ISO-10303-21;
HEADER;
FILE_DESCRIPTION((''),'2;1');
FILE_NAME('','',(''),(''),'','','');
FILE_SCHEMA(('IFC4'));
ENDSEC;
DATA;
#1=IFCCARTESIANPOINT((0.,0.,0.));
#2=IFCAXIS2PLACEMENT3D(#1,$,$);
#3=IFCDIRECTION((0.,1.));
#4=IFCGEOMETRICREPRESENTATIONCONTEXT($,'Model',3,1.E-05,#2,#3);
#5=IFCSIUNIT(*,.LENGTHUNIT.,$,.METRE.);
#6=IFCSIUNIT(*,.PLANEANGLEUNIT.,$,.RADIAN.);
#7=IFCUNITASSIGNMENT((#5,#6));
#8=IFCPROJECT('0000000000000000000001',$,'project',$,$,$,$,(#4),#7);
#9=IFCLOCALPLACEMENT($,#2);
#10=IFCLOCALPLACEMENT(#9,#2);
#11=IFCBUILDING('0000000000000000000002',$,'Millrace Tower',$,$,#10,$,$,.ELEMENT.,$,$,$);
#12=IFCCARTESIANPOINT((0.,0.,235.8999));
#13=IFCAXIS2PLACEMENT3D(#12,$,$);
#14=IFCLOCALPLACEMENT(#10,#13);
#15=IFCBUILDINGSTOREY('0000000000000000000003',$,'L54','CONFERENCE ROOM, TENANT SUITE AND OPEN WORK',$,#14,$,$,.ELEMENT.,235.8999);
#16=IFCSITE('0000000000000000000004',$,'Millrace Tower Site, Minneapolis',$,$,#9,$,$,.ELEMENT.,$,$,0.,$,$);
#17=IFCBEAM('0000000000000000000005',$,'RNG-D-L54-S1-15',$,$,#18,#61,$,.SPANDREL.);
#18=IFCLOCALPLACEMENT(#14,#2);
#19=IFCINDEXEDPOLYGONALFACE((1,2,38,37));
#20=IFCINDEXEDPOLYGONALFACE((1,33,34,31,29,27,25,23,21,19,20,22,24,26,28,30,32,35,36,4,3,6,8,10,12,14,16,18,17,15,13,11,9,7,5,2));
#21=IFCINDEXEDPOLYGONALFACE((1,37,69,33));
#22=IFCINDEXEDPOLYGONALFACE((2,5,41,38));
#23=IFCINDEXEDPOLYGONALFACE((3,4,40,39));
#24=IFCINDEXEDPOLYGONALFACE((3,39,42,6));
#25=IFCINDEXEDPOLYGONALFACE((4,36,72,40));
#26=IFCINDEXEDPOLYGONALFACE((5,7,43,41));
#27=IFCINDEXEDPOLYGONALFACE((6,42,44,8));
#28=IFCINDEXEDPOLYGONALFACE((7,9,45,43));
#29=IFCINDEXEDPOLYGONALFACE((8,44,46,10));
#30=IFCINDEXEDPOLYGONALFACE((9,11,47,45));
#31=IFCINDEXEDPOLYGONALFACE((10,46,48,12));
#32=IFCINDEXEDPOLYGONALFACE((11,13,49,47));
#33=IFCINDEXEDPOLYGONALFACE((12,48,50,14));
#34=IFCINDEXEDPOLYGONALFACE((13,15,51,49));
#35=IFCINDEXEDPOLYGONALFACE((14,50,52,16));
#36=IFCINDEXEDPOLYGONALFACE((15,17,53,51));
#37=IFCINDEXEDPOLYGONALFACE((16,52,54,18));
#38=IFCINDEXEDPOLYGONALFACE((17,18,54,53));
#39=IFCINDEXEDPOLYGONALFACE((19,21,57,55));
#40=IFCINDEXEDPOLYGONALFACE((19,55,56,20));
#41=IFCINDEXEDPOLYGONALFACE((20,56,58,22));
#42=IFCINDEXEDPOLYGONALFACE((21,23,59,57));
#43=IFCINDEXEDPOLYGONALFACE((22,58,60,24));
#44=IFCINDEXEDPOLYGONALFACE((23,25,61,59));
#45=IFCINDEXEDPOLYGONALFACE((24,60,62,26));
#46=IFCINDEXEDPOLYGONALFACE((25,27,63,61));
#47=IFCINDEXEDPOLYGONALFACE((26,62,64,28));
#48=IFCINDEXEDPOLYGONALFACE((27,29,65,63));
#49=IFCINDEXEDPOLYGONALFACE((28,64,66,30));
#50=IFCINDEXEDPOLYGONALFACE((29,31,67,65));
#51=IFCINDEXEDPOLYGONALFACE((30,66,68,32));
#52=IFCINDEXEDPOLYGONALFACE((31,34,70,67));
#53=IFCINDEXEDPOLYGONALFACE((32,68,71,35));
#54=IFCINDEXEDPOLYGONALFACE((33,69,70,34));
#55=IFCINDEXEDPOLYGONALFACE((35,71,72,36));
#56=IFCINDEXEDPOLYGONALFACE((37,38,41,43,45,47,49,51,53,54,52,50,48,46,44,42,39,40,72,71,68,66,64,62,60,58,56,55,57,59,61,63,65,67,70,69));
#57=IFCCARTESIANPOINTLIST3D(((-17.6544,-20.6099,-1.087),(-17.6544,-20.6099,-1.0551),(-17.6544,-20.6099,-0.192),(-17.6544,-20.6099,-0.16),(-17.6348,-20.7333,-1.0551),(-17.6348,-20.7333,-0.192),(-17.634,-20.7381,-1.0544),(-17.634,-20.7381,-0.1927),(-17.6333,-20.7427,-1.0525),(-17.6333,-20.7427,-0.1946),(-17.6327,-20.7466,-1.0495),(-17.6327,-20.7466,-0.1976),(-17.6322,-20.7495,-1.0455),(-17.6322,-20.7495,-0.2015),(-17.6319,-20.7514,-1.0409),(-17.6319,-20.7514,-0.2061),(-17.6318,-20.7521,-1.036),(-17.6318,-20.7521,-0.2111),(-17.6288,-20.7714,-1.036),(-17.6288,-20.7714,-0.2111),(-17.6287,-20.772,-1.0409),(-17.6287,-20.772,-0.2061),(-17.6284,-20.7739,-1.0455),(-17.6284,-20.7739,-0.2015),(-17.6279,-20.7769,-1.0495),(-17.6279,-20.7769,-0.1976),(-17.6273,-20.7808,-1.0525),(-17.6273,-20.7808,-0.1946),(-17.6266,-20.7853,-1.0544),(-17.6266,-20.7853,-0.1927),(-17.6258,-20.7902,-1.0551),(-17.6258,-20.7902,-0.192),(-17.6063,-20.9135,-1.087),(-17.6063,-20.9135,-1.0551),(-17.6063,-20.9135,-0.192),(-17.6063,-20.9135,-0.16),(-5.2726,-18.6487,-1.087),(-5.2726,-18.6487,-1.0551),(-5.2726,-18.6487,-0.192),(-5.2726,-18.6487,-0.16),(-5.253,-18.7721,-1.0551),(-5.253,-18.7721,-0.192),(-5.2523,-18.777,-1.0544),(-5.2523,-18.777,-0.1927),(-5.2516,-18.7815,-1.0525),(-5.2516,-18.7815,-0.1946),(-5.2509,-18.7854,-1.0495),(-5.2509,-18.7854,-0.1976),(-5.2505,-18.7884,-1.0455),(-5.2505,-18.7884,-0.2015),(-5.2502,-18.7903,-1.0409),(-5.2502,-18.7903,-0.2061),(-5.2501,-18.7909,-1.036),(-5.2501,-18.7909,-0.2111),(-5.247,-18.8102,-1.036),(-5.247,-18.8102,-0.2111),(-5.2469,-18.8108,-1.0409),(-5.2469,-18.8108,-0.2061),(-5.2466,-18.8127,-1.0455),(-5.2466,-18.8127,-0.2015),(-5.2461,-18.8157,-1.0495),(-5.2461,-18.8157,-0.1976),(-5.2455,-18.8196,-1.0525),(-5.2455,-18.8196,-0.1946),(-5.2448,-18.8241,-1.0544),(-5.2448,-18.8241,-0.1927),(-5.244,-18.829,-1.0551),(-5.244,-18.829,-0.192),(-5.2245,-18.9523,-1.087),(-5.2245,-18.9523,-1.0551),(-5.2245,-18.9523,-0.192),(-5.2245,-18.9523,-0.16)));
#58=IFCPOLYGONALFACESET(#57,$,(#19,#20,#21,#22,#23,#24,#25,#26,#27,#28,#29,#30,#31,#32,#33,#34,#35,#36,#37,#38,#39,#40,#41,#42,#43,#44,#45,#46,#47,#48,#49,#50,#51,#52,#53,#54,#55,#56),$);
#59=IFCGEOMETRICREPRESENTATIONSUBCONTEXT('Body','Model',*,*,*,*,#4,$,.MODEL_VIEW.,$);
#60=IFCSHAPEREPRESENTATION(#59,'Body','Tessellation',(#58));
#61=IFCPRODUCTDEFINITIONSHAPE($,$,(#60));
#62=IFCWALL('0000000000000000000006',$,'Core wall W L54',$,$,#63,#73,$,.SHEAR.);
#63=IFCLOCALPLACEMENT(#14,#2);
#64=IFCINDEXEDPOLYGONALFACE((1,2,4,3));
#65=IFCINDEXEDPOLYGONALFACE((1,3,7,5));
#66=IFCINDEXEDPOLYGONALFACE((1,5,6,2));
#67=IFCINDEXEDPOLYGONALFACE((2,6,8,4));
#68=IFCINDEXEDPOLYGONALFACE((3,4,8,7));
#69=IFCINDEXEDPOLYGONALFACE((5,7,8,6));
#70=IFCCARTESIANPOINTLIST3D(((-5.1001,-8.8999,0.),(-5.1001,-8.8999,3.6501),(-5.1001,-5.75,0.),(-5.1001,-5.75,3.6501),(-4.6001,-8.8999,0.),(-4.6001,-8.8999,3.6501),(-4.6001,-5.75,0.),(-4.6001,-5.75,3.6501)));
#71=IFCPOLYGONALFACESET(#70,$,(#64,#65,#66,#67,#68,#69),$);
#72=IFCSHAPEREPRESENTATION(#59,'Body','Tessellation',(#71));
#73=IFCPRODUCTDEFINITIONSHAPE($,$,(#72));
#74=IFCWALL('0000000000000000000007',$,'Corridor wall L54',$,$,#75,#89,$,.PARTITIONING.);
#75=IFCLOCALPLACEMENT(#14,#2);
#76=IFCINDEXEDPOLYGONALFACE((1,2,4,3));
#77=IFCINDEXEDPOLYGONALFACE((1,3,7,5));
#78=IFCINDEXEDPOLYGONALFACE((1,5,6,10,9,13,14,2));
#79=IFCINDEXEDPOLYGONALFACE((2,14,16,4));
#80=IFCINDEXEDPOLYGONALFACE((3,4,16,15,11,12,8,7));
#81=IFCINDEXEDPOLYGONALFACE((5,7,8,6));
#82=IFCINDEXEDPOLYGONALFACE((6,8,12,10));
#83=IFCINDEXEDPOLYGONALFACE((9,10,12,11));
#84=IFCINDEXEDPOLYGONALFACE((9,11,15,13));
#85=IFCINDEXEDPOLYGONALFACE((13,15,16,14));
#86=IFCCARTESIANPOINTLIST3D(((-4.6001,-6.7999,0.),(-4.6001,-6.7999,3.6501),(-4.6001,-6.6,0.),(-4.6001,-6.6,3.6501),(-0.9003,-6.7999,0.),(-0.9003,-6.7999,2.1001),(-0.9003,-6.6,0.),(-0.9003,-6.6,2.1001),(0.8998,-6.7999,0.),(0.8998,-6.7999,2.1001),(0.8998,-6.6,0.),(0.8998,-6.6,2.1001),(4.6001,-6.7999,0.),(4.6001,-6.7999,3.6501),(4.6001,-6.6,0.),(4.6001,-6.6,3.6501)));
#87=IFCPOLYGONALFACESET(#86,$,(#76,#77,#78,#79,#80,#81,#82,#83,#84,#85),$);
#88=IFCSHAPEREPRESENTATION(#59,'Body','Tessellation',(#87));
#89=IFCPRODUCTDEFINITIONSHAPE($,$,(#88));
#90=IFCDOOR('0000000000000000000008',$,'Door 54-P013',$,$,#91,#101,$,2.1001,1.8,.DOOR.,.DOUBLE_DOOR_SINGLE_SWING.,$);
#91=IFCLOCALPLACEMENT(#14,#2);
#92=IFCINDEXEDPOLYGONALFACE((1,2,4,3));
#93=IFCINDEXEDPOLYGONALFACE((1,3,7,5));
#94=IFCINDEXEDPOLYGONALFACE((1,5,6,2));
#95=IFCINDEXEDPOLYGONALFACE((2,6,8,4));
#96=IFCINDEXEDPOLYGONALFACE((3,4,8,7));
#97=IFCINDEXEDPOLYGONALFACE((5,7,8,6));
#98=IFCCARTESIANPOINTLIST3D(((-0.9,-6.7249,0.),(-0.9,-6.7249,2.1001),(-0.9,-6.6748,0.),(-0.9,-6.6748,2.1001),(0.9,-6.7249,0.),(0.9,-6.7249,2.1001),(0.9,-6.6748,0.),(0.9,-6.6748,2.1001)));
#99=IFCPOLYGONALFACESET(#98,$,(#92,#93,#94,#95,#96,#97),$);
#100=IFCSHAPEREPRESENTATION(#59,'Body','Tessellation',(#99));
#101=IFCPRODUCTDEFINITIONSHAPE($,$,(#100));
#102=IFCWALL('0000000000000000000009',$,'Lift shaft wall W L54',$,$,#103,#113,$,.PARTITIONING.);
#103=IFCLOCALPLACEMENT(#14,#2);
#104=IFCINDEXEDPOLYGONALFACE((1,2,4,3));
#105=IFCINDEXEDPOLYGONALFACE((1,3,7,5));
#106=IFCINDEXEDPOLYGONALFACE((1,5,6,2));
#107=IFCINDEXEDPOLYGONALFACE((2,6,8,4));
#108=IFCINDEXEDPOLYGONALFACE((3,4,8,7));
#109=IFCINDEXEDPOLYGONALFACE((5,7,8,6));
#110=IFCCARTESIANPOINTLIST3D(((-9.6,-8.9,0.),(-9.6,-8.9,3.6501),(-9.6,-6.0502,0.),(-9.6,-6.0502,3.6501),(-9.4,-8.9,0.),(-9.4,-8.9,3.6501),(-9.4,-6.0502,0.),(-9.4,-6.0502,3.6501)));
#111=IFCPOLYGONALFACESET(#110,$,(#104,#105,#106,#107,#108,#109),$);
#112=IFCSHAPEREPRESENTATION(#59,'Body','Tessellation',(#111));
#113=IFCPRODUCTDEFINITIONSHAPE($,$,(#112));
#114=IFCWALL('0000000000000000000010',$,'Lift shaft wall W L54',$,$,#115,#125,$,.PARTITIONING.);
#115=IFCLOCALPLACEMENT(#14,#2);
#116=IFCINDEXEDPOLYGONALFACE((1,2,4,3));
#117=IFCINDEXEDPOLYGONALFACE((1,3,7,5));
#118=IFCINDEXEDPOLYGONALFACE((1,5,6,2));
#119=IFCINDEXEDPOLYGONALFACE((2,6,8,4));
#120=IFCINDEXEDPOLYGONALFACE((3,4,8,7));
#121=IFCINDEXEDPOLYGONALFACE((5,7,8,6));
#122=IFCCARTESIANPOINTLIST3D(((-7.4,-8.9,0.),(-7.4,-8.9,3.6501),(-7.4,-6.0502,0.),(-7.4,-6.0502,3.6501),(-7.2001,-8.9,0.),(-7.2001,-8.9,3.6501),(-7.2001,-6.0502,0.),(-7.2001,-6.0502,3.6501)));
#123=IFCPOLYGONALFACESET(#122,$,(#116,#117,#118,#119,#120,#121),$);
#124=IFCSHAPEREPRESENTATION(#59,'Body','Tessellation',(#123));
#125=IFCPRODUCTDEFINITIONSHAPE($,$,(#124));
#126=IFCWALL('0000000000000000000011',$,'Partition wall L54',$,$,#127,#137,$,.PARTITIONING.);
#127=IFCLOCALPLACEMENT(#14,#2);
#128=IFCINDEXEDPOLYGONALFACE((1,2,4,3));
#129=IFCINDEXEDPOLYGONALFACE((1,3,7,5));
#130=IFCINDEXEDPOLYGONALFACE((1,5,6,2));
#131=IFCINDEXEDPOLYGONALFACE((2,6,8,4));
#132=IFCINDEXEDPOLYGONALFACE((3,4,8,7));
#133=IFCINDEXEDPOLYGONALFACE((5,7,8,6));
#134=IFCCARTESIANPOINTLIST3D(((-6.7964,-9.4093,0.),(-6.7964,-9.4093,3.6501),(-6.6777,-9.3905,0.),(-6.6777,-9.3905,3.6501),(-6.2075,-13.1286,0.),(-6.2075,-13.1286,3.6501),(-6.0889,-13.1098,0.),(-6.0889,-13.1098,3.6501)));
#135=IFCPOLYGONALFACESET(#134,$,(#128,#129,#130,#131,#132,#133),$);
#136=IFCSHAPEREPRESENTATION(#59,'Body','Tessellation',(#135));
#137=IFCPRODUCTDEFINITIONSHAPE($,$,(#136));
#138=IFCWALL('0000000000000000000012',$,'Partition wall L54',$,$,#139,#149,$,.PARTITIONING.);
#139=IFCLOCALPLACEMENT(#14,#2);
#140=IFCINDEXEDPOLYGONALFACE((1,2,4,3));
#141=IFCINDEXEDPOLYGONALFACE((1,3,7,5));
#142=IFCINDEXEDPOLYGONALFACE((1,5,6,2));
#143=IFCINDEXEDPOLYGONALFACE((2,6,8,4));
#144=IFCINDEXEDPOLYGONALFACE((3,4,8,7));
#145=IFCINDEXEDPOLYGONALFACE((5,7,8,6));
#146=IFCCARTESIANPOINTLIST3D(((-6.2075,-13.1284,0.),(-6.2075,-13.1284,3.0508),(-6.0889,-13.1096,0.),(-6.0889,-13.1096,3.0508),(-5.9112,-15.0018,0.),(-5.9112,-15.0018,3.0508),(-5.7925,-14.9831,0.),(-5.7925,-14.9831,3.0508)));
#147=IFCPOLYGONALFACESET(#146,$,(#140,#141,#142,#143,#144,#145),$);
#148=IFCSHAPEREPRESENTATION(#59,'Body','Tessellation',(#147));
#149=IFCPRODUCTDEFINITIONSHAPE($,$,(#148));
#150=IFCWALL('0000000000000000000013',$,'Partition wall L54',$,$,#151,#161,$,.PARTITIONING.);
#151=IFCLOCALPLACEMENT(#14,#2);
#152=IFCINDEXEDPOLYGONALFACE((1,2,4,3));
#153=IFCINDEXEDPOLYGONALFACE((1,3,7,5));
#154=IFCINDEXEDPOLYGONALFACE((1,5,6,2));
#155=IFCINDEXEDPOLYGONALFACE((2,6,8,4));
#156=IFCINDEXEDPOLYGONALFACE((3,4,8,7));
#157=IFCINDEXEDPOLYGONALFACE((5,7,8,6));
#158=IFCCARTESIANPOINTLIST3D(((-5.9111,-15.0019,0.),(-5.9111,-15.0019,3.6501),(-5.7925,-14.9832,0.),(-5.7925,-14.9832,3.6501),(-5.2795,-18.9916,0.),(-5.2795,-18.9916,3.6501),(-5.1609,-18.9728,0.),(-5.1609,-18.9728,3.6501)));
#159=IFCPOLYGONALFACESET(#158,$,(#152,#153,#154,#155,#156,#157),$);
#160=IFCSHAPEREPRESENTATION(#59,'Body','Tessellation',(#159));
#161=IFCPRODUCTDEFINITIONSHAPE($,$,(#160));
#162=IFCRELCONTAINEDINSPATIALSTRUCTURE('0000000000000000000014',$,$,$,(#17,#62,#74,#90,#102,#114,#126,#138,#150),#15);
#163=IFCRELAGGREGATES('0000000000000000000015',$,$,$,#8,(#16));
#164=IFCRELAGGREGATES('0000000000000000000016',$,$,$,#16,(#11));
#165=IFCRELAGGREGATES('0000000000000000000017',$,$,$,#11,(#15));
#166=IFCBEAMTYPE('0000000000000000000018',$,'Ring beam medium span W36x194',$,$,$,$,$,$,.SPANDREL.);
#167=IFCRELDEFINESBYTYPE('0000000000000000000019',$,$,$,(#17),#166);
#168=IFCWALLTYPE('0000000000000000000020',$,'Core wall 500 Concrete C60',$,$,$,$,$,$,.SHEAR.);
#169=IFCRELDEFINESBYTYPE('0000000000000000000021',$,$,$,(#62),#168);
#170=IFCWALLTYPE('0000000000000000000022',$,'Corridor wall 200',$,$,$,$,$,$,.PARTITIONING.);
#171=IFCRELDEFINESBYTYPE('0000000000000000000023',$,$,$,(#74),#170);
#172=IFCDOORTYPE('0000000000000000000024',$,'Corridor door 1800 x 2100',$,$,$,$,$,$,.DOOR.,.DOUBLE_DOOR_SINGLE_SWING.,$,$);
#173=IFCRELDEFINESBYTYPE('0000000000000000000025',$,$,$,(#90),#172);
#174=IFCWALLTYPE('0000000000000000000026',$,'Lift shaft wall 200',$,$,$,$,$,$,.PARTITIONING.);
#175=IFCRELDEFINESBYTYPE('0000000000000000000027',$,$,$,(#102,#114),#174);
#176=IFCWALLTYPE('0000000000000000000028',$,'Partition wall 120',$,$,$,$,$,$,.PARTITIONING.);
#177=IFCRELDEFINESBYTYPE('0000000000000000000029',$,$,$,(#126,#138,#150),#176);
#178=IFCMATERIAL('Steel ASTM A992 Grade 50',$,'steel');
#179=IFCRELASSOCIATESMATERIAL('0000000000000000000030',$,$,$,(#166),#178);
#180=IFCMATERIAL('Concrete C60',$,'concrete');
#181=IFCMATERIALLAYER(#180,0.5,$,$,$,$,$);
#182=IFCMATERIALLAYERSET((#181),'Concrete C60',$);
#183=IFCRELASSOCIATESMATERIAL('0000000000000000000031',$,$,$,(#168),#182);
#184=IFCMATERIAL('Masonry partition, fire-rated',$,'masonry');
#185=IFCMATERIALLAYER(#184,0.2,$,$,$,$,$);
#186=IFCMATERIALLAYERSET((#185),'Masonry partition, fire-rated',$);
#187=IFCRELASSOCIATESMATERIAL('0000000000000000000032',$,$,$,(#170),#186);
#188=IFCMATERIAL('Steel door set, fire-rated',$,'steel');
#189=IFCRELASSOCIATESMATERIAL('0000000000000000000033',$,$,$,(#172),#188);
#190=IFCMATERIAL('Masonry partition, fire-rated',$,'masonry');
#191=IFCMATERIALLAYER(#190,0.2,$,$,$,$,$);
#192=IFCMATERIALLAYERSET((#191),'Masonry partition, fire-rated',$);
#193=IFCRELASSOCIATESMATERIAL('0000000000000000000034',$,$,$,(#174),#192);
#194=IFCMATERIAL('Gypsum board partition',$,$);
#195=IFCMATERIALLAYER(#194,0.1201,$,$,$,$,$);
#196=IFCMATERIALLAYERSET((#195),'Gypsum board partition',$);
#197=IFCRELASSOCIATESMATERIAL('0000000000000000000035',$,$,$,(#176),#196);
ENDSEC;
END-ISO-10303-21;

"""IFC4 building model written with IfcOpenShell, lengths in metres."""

from ifc_helpers import new_model, si_unit, direction, frame, frame_2d, origin, origin_2d, place, context, subcontext, project, spatial, rectangle, i_section, extrude, material, layer, layer_set, material_profile, profile_set, type_object, element, fill, save


model = new_model("IFC4")

# Units and contexts
model_context = context("Model", 3, precision=1e-05, world=origin(), true_north=direction((0.0, 1.0)))
body_context = subcontext(model_context, "Body", "Model", "MODEL_VIEW")
ifc_project = project(units=[si_unit("LENGTHUNIT", "METRE"), si_unit("PLANEANGLEUNIT", "RADIAN")], contexts=[model_context])

# Site, building, storey
site_placement = place(None, origin())
site = spatial("IfcSite", under=ifc_project, at=site_placement, Name="Millrace Tower Site, Minneapolis", CompositionType="ELEMENT", RefElevation=0.0)
building_placement = place(site_placement, origin())
building = spatial("IfcBuilding", under=site, at=building_placement, Name="Millrace Tower", CompositionType="ELEMENT")
storey_placement = place(building_placement, frame((0.0, 0.0, 235.8999)))
storey = spatial("IfcBuildingStorey", under=building, at=storey_placement, Name="L54", Description="CONFERENCE ROOM, TENANT SUITE AND OPEN WORK", CompositionType="ELEMENT", Elevation=235.8999)

# Beam
ifc_material_1 = material(Name="Steel ASTM A992 Grade 50", Category="steel")
ifc_material_profile_1 = material_profile(ifc_material_1, i_section(OverallWidth=0.3074, OverallDepth=0.927, WebThickness=0.0195, FlangeThickness=0.032, FilletRadius=0.019, at=origin_2d()))
ifc_profile_set_1 = profile_set([ifc_material_profile_1], Name="Steel ASTM A992 Grade 50")
beam_type_1 = type_object("IfcBeamType", Name="Ring beam medium span W36x194", PredefinedType="SPANDREL", material=ifc_profile_set_1)
beam_1_placement = place(storey_placement, frame((-5.2485, -18.8005, -0.6235), z_axis=(-0.987687, -0.156442, 0.0), x_axis=(0.156442, -0.987687, 0.0)))
element("IfcBeam", 1, at=beam_1_placement, inside=storey, type_object=beam_type_1, Name="RNG-D-L54-S1-15", PredefinedType="SPANDREL", context=body_context, shape_type="SweptSolid", body=[
    extrude(i_section(OverallWidth=0.3074, OverallDepth=0.927, WebThickness=0.0195, FlangeThickness=0.032, FilletRadius=0.019, at=origin_2d()), origin(), (0.0, 0.0, 1.0), 12.5361),
])

# Wall
ifc_material_2 = material(Name="Concrete C60", Category="concrete")
ifc_layer_1 = layer(ifc_material_2, 0.5)
ifc_layer_set_1 = layer_set([ifc_layer_1], Name="Concrete C60")
wall_type_1 = type_object("IfcWallType", Name="Core wall 500 Concrete C60", PredefinedType="SHEAR", material=ifc_layer_set_1)
wall_1_placement = place(storey_placement, frame((-4.8501, -8.8999, 0.0), z_axis=(0.0, 0.0, 1.0), x_axis=(0.0, 1.0, 0.0)))
element("IfcWall", 2, at=wall_1_placement, inside=storey, type_object=wall_type_1, Name="Core wall W L54", PredefinedType="SHEAR", context=body_context, shape_type="SweptSolid", body=[
    extrude(rectangle(XDim=3.1499, YDim=0.5, at=frame_2d((1.575, 0.0))), origin(), (0.0, 0.0, 1.0), 3.6501),
])

# Wall, opening, door
ifc_material_3 = material(Name="Masonry partition, fire-rated", Category="masonry")
ifc_layer_2 = layer(ifc_material_3, 0.2)
ifc_layer_set_2 = layer_set([ifc_layer_2], Name="Masonry partition, fire-rated")
wall_type_2 = type_object("IfcWallType", Name="Corridor wall 200", PredefinedType="PARTITIONING", material=ifc_layer_set_2)
wall_2_placement = place(storey_placement, frame((-4.6001, -6.7, 0.0), z_axis=(0.0, 0.0, 1.0), x_axis=(1.0, 0.0, 0.0)))
wall_2 = element("IfcWall", 3, at=wall_2_placement, inside=storey, type_object=wall_type_2, Name="Corridor wall L54", PredefinedType="PARTITIONING", context=body_context, shape_type="SweptSolid", body=[
    extrude(rectangle(XDim=9.2002, YDim=0.2, at=frame_2d((4.6001, 0.0))), origin(), (0.0, 0.0, 1.0), 3.6501),
])
opening_placement = place(wall_2_placement, frame((3.7, 0.0, 0.0)))
opening = element("IfcOpeningElement", 4, at=opening_placement, cuts=wall_2, PredefinedType="OPENING", context=body_context, shape_type="SweptSolid", body=[
    extrude(rectangle(XDim=1.8, YDim=2.1001, at=frame_2d((0.8999, 1.05))), frame((0.0, 0.1099, 0.0), z_axis=(0.0, -1.0, 0.0), x_axis=(1.0, 0.0, 0.0)), (0.0, 0.0, 1.0), 0.22),
])
ifc_material_4 = material(Name="Steel door set, fire-rated", Category="steel")
door_type = type_object("IfcDoorType", Name="Corridor door 1800 x 2100", OperationType="DOUBLE_DOOR_SINGLE_SWING", PredefinedType="DOOR", material=ifc_material_4)
door_placement = place(opening_placement, frame((1.8, 0.0, 0.0), z_axis=(0.0, 0.0, 1.0), x_axis=(-1.0, 0.0, 0.0)))
door = element("IfcDoor", 5, at=door_placement, inside=storey, type_object=door_type, Name="Door 54-P013", OperationType="DOUBLE_DOOR_SINGLE_SWING", OverallHeight=2.1001, OverallWidth=1.8, PredefinedType="DOOR", context=body_context, shape_type="SweptSolid", body=[
    extrude(rectangle(XDim=1.8, YDim=2.1001, at=frame_2d((0.8999, 1.05))), frame((0.0, 0.0249, 0.0), z_axis=(0.0, -1.0, 0.0), x_axis=(1.0, 0.0, 0.0)), (0.0, 0.0, 1.0), 0.05),
])
fill(opening, door)

# Walls
ifc_material_5 = material(Name="Masonry partition, fire-rated", Category="masonry")
ifc_layer_3 = layer(ifc_material_5, 0.2)
ifc_layer_set_3 = layer_set([ifc_layer_3], Name="Masonry partition, fire-rated")
wall_type_3 = type_object("IfcWallType", Name="Lift shaft wall 200", PredefinedType="PARTITIONING", material=ifc_layer_set_3)
for number, where, z_axis, x_axis, name in (
    (6, (-9.5, -8.8999, 0.0), (0.0, 0.0, 1.0), (0.0, 1.0, 0.0), "Lift shaft wall W L54"),
    (7, (-7.3, -8.8999, 0.0), (0.0, 0.0, 1.0), (0.0, 1.0, 0.0), "Lift shaft wall W L54"),
):
    element("IfcWall", number, at=place(storey_placement, frame(where, z_axis=z_axis, x_axis=x_axis)), inside=storey, type_object=wall_type_3, Name=name, PredefinedType="PARTITIONING", context=body_context, shape_type="SweptSolid", body=[
        extrude(rectangle(XDim=2.8499, YDim=0.2, at=frame_2d((1.4248, 0.0))), origin(), (0.0, 0.0, 1.0), 3.6501),
    ])
ifc_material_6 = material(Name="Gypsum board partition")
ifc_layer_4 = layer(ifc_material_6, 0.1201)
ifc_layer_set_4 = layer_set([ifc_layer_4], Name="Gypsum board partition")
wall_type_4 = type_object("IfcWallType", Name="Partition wall 120", PredefinedType="PARTITIONING", material=ifc_layer_set_4)
wall_3_placement = place(storey_placement, frame((-6.7371, -9.3999, 0.0), z_axis=(0.0, 0.0, 1.0), x_axis=(0.156382, -0.987697, 0.0)))
element("IfcWall", 8, at=wall_3_placement, inside=storey, type_object=wall_type_4, Name="Partition wall L54", PredefinedType="PARTITIONING", context=body_context, shape_type="SweptSolid", body=[
    extrude(rectangle(XDim=3.7656, YDim=0.1201, at=frame_2d((1.8828, 0.0))), origin(), (0.0, 0.0, 1.0), 3.6501),
])
wall_4_placement = place(storey_placement, frame((-6.1482, -13.1191, 0.0), z_axis=(0.0, 0.0, 1.0), x_axis=(0.156253, -0.987717, 0.0)))
element("IfcWall", 9, at=wall_4_placement, inside=storey, type_object=wall_type_4, Name="Partition wall L54", PredefinedType="PARTITIONING", context=body_context, shape_type="SweptSolid", body=[
    extrude(rectangle(XDim=1.8967, YDim=0.1201, at=frame_2d((0.9482, 0.0))), origin(), (0.0, 0.0, 1.0), 3.0508),
])
wall_5_placement = place(storey_placement, frame((-5.8518, -14.9927, 0.0), z_axis=(0.0, 0.0, 1.0), x_axis=(0.156366, -0.987699, 0.0)))
element("IfcWall", 10, at=wall_5_placement, inside=storey, type_object=wall_type_4, Name="Partition wall L54", PredefinedType="PARTITIONING", context=body_context, shape_type="SweptSolid", body=[
    extrude(rectangle(XDim=4.0393, YDim=0.1201, at=frame_2d((2.0195, 0.0))), origin(), (0.0, 0.0, 1.0), 3.6501),
])

save(model, "model.ifc")
